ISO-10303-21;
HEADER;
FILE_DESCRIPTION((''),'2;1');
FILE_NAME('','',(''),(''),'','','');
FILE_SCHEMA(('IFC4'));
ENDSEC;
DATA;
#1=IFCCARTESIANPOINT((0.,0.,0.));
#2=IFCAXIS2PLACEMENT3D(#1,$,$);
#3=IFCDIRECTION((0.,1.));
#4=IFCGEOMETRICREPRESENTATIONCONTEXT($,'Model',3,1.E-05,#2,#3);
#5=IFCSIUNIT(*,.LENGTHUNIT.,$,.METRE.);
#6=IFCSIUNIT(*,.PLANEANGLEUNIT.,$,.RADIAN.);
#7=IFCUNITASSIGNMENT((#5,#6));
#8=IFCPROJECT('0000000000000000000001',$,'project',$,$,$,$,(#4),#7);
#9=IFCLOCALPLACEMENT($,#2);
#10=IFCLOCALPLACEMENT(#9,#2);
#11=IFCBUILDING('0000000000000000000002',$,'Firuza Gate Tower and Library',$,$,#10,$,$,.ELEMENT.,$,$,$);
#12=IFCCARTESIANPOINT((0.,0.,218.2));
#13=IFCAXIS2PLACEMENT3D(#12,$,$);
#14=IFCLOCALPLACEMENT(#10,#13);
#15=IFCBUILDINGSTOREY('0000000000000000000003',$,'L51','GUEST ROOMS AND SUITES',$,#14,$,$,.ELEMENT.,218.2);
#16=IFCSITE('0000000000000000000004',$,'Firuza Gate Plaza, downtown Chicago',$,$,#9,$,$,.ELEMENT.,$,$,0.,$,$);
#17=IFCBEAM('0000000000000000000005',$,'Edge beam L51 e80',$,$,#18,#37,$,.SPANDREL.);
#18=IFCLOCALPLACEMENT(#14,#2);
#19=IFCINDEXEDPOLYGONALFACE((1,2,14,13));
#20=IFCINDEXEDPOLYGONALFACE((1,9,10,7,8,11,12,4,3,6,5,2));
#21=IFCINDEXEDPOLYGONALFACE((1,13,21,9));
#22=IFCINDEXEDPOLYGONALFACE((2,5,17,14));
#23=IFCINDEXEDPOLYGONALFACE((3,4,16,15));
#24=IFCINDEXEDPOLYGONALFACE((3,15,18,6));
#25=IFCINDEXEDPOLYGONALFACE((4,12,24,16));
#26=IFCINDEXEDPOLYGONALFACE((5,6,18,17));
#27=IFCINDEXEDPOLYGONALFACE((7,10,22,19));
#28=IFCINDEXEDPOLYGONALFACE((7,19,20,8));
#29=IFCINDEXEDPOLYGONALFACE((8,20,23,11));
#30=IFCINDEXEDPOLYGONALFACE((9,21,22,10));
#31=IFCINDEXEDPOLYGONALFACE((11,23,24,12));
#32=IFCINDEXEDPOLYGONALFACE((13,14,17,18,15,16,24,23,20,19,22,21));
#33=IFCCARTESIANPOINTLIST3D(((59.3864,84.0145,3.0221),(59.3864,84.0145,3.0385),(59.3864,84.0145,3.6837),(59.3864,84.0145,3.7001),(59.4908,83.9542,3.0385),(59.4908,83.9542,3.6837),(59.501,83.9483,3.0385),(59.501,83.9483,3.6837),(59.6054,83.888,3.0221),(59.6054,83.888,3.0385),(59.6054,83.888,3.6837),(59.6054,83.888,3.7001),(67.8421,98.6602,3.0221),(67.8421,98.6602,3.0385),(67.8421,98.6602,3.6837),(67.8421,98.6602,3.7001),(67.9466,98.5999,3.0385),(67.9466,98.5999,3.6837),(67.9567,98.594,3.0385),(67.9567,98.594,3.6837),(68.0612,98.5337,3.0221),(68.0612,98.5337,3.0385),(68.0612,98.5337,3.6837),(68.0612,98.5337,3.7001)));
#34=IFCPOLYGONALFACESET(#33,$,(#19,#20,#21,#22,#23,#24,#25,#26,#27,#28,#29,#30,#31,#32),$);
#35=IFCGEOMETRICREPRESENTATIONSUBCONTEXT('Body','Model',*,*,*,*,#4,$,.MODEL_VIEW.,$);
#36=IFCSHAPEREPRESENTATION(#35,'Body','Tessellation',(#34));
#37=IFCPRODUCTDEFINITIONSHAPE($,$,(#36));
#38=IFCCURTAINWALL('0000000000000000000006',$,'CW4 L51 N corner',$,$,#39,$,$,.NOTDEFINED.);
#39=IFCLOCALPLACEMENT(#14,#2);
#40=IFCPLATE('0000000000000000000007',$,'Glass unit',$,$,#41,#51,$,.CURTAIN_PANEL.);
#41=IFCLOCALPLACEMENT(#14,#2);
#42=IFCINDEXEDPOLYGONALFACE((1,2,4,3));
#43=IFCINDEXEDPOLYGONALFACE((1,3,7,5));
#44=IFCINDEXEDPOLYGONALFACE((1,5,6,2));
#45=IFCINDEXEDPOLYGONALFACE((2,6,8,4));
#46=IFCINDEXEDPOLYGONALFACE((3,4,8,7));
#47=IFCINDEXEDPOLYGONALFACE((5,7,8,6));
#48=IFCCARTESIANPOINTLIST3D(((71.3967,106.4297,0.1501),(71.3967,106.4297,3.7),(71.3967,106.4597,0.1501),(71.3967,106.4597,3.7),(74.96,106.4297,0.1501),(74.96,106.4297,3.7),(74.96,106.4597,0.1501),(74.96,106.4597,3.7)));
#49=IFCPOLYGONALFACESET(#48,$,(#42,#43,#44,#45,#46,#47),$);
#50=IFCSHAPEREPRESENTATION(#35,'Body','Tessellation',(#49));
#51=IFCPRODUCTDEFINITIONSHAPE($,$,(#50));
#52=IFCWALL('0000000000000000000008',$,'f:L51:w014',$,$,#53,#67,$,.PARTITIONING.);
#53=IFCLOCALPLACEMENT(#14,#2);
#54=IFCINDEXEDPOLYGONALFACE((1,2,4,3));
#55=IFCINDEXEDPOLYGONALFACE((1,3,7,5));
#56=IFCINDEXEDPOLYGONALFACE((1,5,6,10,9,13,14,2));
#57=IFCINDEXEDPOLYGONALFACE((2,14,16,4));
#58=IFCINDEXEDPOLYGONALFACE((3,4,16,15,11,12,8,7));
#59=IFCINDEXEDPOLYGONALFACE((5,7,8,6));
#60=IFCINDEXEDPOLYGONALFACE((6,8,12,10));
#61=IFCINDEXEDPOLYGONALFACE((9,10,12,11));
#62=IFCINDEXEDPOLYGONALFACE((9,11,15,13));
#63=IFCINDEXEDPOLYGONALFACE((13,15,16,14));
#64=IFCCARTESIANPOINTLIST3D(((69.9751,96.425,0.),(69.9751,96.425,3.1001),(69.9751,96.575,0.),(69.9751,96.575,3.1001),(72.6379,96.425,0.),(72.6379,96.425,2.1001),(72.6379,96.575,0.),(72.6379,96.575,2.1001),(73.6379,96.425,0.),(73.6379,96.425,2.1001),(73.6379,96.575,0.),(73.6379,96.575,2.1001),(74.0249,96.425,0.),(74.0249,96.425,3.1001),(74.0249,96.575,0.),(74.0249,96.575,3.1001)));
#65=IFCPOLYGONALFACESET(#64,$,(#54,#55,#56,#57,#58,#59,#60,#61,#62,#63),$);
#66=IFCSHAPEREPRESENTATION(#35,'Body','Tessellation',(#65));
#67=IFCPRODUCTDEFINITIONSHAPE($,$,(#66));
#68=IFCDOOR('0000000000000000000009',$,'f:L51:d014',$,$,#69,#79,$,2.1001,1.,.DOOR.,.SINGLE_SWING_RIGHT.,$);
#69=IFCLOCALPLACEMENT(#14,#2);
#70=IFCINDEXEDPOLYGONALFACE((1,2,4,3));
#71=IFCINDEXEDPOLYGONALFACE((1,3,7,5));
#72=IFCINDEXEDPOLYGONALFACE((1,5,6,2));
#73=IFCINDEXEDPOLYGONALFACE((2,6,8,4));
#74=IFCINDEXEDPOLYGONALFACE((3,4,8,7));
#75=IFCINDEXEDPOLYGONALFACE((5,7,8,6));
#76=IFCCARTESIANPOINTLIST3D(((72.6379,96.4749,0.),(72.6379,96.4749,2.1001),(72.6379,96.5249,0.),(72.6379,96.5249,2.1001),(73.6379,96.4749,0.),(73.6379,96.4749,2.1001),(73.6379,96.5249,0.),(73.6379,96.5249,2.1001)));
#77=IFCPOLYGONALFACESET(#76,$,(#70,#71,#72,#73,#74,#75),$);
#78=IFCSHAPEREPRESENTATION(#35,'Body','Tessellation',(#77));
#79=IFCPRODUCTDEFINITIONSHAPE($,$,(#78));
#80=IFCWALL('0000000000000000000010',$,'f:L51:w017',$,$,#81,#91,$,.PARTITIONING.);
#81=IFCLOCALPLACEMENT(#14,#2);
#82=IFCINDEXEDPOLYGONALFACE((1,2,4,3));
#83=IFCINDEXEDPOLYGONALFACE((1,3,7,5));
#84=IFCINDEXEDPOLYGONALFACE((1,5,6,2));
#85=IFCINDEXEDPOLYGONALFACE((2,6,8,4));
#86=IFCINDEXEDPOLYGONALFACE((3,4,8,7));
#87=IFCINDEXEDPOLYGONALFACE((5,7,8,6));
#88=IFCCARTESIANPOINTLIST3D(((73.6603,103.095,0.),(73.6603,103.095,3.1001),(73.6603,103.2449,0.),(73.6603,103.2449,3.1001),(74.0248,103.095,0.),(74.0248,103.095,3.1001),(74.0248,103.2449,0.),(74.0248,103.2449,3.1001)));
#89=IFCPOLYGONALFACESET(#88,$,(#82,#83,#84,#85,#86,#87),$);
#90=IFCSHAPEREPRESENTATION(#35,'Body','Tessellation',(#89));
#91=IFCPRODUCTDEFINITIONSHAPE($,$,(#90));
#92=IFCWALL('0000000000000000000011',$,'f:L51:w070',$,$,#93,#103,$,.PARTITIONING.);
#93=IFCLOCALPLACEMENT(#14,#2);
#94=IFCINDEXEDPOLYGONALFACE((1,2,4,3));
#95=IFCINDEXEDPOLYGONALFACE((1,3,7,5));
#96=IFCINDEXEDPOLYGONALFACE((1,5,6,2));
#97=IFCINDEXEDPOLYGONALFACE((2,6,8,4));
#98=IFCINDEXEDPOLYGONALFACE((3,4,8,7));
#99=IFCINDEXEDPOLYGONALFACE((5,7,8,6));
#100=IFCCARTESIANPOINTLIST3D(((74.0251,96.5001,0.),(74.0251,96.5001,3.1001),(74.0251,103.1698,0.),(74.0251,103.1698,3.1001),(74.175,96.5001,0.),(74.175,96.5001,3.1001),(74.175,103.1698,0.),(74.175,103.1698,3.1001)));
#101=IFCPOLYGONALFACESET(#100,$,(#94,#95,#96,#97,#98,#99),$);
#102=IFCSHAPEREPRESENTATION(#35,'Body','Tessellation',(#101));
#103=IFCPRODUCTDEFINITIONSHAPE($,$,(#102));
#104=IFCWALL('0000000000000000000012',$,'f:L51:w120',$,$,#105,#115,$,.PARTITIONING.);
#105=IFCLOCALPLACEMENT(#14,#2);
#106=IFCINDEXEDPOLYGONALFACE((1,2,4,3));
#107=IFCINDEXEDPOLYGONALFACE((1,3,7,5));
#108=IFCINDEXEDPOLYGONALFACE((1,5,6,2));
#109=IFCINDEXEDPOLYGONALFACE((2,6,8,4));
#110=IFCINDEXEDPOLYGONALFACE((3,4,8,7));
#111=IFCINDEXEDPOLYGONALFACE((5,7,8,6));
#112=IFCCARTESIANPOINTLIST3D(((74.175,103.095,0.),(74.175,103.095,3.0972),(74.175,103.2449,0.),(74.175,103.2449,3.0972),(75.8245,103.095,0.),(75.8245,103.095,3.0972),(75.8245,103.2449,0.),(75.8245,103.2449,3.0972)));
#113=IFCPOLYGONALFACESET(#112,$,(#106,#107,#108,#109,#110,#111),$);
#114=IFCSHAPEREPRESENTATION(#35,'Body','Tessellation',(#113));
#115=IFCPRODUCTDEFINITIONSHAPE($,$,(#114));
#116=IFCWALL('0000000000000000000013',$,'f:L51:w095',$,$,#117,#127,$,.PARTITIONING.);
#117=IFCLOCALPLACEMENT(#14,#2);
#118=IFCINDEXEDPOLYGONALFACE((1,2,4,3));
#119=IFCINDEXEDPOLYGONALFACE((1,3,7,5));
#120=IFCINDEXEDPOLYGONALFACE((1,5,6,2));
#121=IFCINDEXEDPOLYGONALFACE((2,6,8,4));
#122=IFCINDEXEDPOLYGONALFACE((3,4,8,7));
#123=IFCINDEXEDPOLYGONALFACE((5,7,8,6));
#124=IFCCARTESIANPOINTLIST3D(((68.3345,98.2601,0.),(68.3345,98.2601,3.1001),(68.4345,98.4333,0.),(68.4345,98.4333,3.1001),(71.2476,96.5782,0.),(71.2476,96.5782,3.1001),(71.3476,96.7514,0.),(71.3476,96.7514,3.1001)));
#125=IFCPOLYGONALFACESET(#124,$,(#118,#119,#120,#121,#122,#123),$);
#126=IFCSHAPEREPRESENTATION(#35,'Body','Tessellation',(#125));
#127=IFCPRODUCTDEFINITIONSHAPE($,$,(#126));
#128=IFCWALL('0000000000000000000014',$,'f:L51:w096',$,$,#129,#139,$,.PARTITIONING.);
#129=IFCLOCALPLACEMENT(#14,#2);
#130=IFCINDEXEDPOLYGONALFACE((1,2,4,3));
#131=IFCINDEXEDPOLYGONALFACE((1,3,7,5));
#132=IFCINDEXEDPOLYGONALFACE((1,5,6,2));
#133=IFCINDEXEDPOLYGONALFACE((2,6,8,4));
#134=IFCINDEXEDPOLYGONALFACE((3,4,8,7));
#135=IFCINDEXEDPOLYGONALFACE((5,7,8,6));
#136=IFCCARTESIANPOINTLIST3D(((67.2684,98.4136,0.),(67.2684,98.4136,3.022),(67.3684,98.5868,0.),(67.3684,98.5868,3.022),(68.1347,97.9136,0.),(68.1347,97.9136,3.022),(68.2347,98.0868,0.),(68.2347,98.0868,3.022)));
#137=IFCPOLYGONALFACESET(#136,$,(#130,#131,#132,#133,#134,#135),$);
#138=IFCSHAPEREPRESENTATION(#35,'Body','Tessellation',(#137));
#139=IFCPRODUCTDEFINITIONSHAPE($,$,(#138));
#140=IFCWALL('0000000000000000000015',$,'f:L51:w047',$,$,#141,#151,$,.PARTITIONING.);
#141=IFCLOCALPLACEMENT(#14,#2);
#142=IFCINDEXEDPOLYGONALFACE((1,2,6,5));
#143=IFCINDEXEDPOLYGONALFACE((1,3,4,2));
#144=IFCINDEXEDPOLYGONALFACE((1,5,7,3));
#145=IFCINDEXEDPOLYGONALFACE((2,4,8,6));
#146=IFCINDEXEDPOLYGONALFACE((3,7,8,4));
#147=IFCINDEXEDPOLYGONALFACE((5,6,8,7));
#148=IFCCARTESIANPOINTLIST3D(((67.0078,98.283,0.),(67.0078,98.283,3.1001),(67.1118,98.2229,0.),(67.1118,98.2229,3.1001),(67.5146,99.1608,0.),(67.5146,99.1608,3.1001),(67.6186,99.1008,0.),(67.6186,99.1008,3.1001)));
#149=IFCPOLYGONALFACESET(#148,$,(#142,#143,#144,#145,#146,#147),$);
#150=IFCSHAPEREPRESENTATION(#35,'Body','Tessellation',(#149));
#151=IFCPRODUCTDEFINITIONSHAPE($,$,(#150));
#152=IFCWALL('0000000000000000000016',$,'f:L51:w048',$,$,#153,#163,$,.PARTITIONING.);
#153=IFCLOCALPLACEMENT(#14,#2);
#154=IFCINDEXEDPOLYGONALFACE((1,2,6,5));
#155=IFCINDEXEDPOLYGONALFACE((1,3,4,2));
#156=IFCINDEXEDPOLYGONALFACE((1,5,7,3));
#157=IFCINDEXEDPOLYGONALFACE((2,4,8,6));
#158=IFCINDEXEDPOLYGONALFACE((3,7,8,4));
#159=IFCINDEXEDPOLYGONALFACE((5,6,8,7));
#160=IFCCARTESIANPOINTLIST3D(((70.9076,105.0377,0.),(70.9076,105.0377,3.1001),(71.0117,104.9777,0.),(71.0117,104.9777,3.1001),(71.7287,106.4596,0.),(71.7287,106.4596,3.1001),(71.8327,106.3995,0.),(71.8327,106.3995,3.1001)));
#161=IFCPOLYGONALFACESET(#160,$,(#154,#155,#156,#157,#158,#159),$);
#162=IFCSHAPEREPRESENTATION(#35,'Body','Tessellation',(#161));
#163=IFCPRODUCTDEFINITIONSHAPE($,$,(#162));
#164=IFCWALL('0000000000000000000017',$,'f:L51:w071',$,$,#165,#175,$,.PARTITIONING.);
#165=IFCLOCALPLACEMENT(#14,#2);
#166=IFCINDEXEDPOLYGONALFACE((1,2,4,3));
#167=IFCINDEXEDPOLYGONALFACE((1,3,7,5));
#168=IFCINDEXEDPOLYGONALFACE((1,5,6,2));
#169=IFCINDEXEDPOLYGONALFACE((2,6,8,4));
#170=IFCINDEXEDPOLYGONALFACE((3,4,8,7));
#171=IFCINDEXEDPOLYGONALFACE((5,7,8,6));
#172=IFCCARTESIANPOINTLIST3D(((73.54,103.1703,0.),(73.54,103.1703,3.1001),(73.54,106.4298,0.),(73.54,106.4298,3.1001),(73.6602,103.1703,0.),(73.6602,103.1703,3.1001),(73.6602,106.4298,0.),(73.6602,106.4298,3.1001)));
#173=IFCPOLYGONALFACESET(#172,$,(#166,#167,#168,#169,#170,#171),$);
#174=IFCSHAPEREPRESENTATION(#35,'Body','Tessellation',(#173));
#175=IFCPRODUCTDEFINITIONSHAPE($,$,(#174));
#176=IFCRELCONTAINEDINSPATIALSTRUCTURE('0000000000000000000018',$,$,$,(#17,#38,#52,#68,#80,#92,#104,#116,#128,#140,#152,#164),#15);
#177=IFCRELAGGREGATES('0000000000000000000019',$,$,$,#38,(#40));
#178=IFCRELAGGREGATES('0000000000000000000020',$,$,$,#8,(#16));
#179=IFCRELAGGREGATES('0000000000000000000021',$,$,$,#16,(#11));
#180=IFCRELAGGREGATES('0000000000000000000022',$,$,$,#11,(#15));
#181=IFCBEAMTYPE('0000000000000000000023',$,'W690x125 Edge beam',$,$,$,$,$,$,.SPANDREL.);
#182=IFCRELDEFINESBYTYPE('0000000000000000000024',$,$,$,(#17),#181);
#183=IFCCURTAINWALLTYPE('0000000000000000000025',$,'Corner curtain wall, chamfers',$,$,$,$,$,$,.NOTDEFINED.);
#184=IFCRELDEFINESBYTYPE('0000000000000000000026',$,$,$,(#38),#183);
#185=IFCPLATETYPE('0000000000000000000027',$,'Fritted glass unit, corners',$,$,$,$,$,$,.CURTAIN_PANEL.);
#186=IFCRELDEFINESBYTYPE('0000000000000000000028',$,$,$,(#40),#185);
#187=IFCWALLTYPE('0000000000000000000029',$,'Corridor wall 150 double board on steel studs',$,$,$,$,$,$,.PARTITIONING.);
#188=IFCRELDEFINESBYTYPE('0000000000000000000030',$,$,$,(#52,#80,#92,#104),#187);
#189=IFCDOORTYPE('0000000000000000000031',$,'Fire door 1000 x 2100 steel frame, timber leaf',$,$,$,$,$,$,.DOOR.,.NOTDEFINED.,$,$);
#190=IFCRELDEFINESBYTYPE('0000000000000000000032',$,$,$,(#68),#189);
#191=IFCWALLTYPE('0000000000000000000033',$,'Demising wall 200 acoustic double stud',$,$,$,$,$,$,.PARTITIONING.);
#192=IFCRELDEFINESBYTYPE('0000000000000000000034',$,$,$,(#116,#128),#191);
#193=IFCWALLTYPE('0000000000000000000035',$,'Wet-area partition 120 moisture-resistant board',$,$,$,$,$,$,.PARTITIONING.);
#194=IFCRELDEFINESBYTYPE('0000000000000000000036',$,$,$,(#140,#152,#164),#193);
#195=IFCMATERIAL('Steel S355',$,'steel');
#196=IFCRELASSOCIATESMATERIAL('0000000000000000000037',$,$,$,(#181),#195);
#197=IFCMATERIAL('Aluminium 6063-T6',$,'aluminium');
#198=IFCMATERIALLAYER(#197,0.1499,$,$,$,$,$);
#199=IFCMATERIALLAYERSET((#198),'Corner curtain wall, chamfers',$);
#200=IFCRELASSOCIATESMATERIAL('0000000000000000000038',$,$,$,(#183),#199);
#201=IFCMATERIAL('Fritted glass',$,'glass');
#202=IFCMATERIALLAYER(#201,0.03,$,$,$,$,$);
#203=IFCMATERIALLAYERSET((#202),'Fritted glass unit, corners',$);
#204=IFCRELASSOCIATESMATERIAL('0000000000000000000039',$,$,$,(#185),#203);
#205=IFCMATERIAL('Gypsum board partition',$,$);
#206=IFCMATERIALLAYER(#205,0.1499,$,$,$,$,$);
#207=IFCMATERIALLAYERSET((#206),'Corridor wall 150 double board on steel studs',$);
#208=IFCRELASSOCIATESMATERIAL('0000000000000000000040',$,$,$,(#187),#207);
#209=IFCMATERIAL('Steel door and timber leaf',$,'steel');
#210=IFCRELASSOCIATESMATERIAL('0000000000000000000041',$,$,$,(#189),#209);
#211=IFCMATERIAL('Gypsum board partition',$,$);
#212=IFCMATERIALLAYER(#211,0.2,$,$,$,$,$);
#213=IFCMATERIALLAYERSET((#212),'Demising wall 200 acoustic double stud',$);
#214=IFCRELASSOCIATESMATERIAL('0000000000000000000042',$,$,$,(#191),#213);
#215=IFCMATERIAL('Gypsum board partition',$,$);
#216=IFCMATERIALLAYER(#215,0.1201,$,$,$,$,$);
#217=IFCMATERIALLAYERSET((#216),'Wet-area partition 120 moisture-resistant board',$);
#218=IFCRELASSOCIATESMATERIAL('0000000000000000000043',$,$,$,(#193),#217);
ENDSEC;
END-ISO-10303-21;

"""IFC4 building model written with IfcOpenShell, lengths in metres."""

from ifc_helpers import new_model, si_unit, direction, frame, frame_2d, origin, origin_2d, place, context, subcontext, project, spatial, polyline, rectangle, i_section, outline, extrude, material, layer, layer_set, material_profile, profile_set, type_object, element, fill, aggregate, save


model = new_model("IFC4")

# Units and contexts
model_context = context("Model", 3, precision=1e-05, world=origin(), true_north=direction((0.0, 1.0)))
body_context = subcontext(model_context, "Body", "Model", "MODEL_VIEW")
ifc_project = project(units=[si_unit("LENGTHUNIT", "METRE"), si_unit("PLANEANGLEUNIT", "RADIAN")], contexts=[model_context])

# Site, building, storey
site_placement = place(None, origin())
site = spatial("IfcSite", under=ifc_project, at=site_placement, Name="Firuza Gate Plaza, downtown Chicago", CompositionType="ELEMENT", RefElevation=0.0)
building_placement = place(site_placement, origin())
building = spatial("IfcBuilding", under=site, at=building_placement, Name="Firuza Gate Tower and Library", CompositionType="ELEMENT")
storey_placement = place(building_placement, frame((0.0, 0.0, 218.2)))
storey = spatial("IfcBuildingStorey", under=building, at=storey_placement, Name="L51", Description="GUEST ROOMS AND SUITES", CompositionType="ELEMENT", Elevation=218.2)

# Beam
ifc_material_1 = material(Name="Steel S355", Category="steel")
ifc_material_profile_1 = material_profile(ifc_material_1, i_section(OverallWidth=0.2529, OverallDepth=0.678, WebThickness=0.0117, FlangeThickness=0.0164, at=origin_2d()))
ifc_profile_set_1 = profile_set([ifc_material_profile_1], Name="Steel S355")
beam_type_1 = type_object("IfcBeamType", Name="W690x125 Edge beam", PredefinedType="SPANDREL", material=ifc_profile_set_1)
beam_1_placement = place(storey_placement, frame((67.9517, 98.5969, 3.3611), z_axis=(-0.500004, -0.866023, 0.0), x_axis=(0.866023, -0.500004, 0.0)))
element("IfcBeam", 1, at=beam_1_placement, inside=storey, type_object=beam_type_1, Name="Edge beam L51 e80", PredefinedType="SPANDREL", context=body_context, shape_type="SweptSolid", body=[
    extrude(i_section(OverallWidth=0.2529, OverallDepth=0.678, WebThickness=0.0117, FlangeThickness=0.0164, at=origin_2d()), origin(), (0.0, 0.0, 1.0), 16.9114),
])

# Curtain wall, plate
ifc_material_2 = material(Name="Aluminium 6063-T6", Category="aluminium")
ifc_layer_1 = layer(ifc_material_2, 0.1499)
ifc_layer_set_1 = layer_set([ifc_layer_1], Name="Corner curtain wall, chamfers")
curtain_wall_type = type_object("IfcCurtainWallType", Name="Corner curtain wall, chamfers", PredefinedType="NOTDEFINED", material=ifc_layer_set_1)
curtain_wall_placement = place(storey_placement, origin())
curtain_wall = element("IfcCurtainWall", 2, at=curtain_wall_placement, inside=storey, type_object=curtain_wall_type, Name="CW4 L51 N corner", PredefinedType="NOTDEFINED")
ifc_material_3 = material(Name="Fritted glass", Category="glass")
ifc_layer_2 = layer(ifc_material_3, 0.03)
ifc_layer_set_2 = layer_set([ifc_layer_2], Name="Fritted glass unit, corners")
plate_type = type_object("IfcPlateType", Name="Fritted glass unit, corners", PredefinedType="CURTAIN_PANEL", material=ifc_layer_set_2)
plate_placement = place(storey_placement, frame((74.96, 106.4597, 0.1501), z_axis=(0.0, 1.0, 0.0), x_axis=(-1.0, 0.0, 0.0)))
plate = element("IfcPlate", 3, at=plate_placement, type_object=plate_type, Name="Glass unit", PredefinedType="CURTAIN_PANEL", context=body_context, shape_type="SweptSolid", body=[
    extrude(outline(polyline([(0.0, 0.0), (3.5632, 0.0), (3.5632, 3.5498), (0.0, 3.5498), (0.0, 0.0)])), origin(), (0.0, 0.0, -1.0), 0.03),
])
aggregate(curtain_wall, [plate])

# Wall, opening, door
ifc_material_4 = material(Name="Gypsum board partition")
ifc_layer_3 = layer(ifc_material_4, 0.1499)
ifc_layer_set_3 = layer_set([ifc_layer_3], Name="Corridor wall 150 double board on steel studs")
wall_type_1 = type_object("IfcWallType", Name="Corridor wall 150 double board on steel studs", PredefinedType="PARTITIONING", material=ifc_layer_set_3)
wall_1_placement = place(storey_placement, frame((69.9751, 96.5, 0.0), z_axis=(0.0, 0.0, 1.0), x_axis=(1.0, 0.0, 0.0)))
wall_1 = element("IfcWall", 4, at=wall_1_placement, inside=storey, type_object=wall_type_1, Name="f:L51:w014", PredefinedType="PARTITIONING", context=body_context, shape_type="SweptSolid", body=[
    extrude(rectangle(XDim=4.0498, YDim=0.1499, at=frame_2d((2.0249, 0.0))), origin(), (0.0, 0.0, 1.0), 3.1001),
])
opening_1_placement = place(wall_1_placement, frame((2.6628, 0.0, 0.0)))
opening_1 = element("IfcOpeningElement", 5, at=opening_1_placement, cuts=wall_1, PredefinedType="OPENING", context=body_context, shape_type="SweptSolid", body=[
    extrude(rectangle(XDim=1.0, YDim=2.1001, at=frame_2d((0.5, 1.05))), frame((0.0, 0.085, 0.0), z_axis=(0.0, -1.0, 0.0), x_axis=(1.0, 0.0, 0.0)), (0.0, 0.0, 1.0), 0.1699),
])
ifc_material_5 = material(Name="Steel door and timber leaf", Category="steel")
door_type_1 = type_object("IfcDoorType", Name="Fire door 1000 x 2100 steel frame, timber leaf", OperationType="NOTDEFINED", PredefinedType="DOOR", material=ifc_material_5)
door_1_placement = place(opening_1_placement, origin())
door_1 = element("IfcDoor", 6, at=door_1_placement, inside=storey, type_object=door_type_1, Name="f:L51:d014", OperationType="SINGLE_SWING_RIGHT", OverallHeight=2.1001, OverallWidth=1.0, PredefinedType="DOOR", context=body_context, shape_type="SweptSolid", body=[
    extrude(rectangle(XDim=1.0, YDim=2.1001, at=frame_2d((0.5, 1.05))), frame((0.0, 0.0249, 0.0), z_axis=(0.0, -1.0, 0.0), x_axis=(1.0, 0.0, 0.0)), (0.0, 0.0, 1.0), 0.05),
])
fill(opening_1, door_1)

# Walls
wall_2_placement = place(storey_placement, frame((73.6604, 103.1699, 0.0), z_axis=(0.0, 0.0, 1.0), x_axis=(1.0, 0.0, 0.0)))
element("IfcWall", 7, at=wall_2_placement, inside=storey, type_object=wall_type_1, Name="f:L51:w017", PredefinedType="PARTITIONING", context=body_context, shape_type="SweptSolid", body=[
    extrude(rectangle(XDim=0.3645, YDim=0.1499, at=frame_2d((0.1821, 0.0))), origin(), (0.0, 0.0, 1.0), 3.1001),
])
wall_3_placement = place(storey_placement, frame((74.1001, 96.5, 0.0), z_axis=(0.0, 0.0, 1.0), x_axis=(0.0, 1.0, 0.0)))
element("IfcWall", 8, at=wall_3_placement, inside=storey, type_object=wall_type_1, Name="f:L51:w070", PredefinedType="PARTITIONING", context=body_context, shape_type="SweptSolid", body=[
    extrude(rectangle(XDim=6.6697, YDim=0.1499, at=frame_2d((3.335, 0.0))), origin(), (0.0, 0.0, 1.0), 3.1001),
])
wall_4_placement = place(storey_placement, frame((74.175, 103.1699, 0.0), z_axis=(0.0, 0.0, 1.0), x_axis=(1.0, 0.0, 0.0)))
element("IfcWall", 9, at=wall_4_placement, inside=storey, type_object=wall_type_1, Name="f:L51:w120", PredefinedType="PARTITIONING", context=body_context, shape_type="SweptSolid", body=[
    extrude(rectangle(XDim=1.6494, YDim=0.1499, at=frame_2d((0.8247, 0.0))), origin(), (0.0, 0.0, 1.0), 3.0972),
])
ifc_material_6 = material(Name="Gypsum board partition")
ifc_layer_4 = layer(ifc_material_6, 0.2)
ifc_layer_set_4 = layer_set([ifc_layer_4], Name="Demising wall 200 acoustic double stud")
wall_type_2 = type_object("IfcWallType", Name="Demising wall 200 acoustic double stud", PredefinedType="PARTITIONING", material=ifc_layer_set_4)
wall_5_placement = place(storey_placement, frame((71.2976, 96.6648, 0.0), z_axis=(0.0, 0.0, 1.0), x_axis=(-0.866024, 0.500003, 0.0)))
element("IfcWall", 10, at=wall_5_placement, inside=storey, type_object=wall_type_2, Name="f:L51:w095", PredefinedType="PARTITIONING", context=body_context, shape_type="SweptSolid", body=[
    extrude(rectangle(XDim=3.3638, YDim=0.2, at=frame_2d((1.6819, 0.0))), origin(), (0.0, 0.0, 1.0), 3.1001),
])
wall_6_placement = place(storey_placement, frame((68.1846, 98.0002, 0.0), z_axis=(0.0, 0.0, 1.0), x_axis=(-0.866072, 0.49992, 0.0)))
element("IfcWall", 11, at=wall_6_placement, inside=storey, type_object=wall_type_2, Name="f:L51:w096", PredefinedType="PARTITIONING", context=body_context, shape_type="SweptSolid", body=[
    extrude(rectangle(XDim=1.0002, YDim=0.2, at=frame_2d((0.5, 0.0))), origin(), (0.0, 0.0, 1.0), 3.022),
])
ifc_material_7 = material(Name="Gypsum board partition")
ifc_layer_5 = layer(ifc_material_7, 0.1201)
ifc_layer_set_5 = layer_set([ifc_layer_5], Name="Wet-area partition 120 moisture-resistant board")
wall_type_3 = type_object("IfcWallType", Name="Wet-area partition 120 moisture-resistant board", PredefinedType="PARTITIONING", material=ifc_layer_set_5)
wall_7_placement = place(storey_placement, frame((67.0598, 98.2529, 0.0), z_axis=(0.0, 0.0, 1.0), x_axis=(0.499973, 0.866041, 0.0)))
element("IfcWall", 12, at=wall_7_placement, inside=storey, type_object=wall_type_3, Name="f:L51:w047", PredefinedType="PARTITIONING", context=body_context, shape_type="SweptSolid", body=[
    extrude(rectangle(XDim=1.0137, YDim=0.1201, at=frame_2d((0.5068, 0.0))), origin(), (0.0, 0.0, 1.0), 3.1001),
])
wall_8_placement = place(storey_placement, frame((70.9597, 105.0078, 0.0), z_axis=(0.0, 0.0, 1.0), x_axis=(0.500057, 0.865992, 0.0)))
element("IfcWall", 13, at=wall_8_placement, inside=storey, type_object=wall_type_3, Name="f:L51:w048", PredefinedType="PARTITIONING", context=body_context, shape_type="SweptSolid", body=[
    extrude(rectangle(XDim=1.6418, YDim=0.1201, at=frame_2d((0.8208, 0.0))), origin(), (0.0, 0.0, 1.0), 3.1001),
])
wall_9_placement = place(storey_placement, frame((73.6001, 103.1702, 0.0), z_axis=(0.0, 0.0, 1.0), x_axis=(0.0, 1.0, 0.0)))
element("IfcWall", 14, at=wall_9_placement, inside=storey, type_object=wall_type_3, Name="f:L51:w071", PredefinedType="PARTITIONING", context=body_context, shape_type="SweptSolid", body=[
    extrude(rectangle(XDim=3.2595, YDim=0.1201, at=frame_2d((1.6299, 0.0))), origin(), (0.0, 0.0, 1.0), 3.1001),
])

save(model, "model.ifc")
